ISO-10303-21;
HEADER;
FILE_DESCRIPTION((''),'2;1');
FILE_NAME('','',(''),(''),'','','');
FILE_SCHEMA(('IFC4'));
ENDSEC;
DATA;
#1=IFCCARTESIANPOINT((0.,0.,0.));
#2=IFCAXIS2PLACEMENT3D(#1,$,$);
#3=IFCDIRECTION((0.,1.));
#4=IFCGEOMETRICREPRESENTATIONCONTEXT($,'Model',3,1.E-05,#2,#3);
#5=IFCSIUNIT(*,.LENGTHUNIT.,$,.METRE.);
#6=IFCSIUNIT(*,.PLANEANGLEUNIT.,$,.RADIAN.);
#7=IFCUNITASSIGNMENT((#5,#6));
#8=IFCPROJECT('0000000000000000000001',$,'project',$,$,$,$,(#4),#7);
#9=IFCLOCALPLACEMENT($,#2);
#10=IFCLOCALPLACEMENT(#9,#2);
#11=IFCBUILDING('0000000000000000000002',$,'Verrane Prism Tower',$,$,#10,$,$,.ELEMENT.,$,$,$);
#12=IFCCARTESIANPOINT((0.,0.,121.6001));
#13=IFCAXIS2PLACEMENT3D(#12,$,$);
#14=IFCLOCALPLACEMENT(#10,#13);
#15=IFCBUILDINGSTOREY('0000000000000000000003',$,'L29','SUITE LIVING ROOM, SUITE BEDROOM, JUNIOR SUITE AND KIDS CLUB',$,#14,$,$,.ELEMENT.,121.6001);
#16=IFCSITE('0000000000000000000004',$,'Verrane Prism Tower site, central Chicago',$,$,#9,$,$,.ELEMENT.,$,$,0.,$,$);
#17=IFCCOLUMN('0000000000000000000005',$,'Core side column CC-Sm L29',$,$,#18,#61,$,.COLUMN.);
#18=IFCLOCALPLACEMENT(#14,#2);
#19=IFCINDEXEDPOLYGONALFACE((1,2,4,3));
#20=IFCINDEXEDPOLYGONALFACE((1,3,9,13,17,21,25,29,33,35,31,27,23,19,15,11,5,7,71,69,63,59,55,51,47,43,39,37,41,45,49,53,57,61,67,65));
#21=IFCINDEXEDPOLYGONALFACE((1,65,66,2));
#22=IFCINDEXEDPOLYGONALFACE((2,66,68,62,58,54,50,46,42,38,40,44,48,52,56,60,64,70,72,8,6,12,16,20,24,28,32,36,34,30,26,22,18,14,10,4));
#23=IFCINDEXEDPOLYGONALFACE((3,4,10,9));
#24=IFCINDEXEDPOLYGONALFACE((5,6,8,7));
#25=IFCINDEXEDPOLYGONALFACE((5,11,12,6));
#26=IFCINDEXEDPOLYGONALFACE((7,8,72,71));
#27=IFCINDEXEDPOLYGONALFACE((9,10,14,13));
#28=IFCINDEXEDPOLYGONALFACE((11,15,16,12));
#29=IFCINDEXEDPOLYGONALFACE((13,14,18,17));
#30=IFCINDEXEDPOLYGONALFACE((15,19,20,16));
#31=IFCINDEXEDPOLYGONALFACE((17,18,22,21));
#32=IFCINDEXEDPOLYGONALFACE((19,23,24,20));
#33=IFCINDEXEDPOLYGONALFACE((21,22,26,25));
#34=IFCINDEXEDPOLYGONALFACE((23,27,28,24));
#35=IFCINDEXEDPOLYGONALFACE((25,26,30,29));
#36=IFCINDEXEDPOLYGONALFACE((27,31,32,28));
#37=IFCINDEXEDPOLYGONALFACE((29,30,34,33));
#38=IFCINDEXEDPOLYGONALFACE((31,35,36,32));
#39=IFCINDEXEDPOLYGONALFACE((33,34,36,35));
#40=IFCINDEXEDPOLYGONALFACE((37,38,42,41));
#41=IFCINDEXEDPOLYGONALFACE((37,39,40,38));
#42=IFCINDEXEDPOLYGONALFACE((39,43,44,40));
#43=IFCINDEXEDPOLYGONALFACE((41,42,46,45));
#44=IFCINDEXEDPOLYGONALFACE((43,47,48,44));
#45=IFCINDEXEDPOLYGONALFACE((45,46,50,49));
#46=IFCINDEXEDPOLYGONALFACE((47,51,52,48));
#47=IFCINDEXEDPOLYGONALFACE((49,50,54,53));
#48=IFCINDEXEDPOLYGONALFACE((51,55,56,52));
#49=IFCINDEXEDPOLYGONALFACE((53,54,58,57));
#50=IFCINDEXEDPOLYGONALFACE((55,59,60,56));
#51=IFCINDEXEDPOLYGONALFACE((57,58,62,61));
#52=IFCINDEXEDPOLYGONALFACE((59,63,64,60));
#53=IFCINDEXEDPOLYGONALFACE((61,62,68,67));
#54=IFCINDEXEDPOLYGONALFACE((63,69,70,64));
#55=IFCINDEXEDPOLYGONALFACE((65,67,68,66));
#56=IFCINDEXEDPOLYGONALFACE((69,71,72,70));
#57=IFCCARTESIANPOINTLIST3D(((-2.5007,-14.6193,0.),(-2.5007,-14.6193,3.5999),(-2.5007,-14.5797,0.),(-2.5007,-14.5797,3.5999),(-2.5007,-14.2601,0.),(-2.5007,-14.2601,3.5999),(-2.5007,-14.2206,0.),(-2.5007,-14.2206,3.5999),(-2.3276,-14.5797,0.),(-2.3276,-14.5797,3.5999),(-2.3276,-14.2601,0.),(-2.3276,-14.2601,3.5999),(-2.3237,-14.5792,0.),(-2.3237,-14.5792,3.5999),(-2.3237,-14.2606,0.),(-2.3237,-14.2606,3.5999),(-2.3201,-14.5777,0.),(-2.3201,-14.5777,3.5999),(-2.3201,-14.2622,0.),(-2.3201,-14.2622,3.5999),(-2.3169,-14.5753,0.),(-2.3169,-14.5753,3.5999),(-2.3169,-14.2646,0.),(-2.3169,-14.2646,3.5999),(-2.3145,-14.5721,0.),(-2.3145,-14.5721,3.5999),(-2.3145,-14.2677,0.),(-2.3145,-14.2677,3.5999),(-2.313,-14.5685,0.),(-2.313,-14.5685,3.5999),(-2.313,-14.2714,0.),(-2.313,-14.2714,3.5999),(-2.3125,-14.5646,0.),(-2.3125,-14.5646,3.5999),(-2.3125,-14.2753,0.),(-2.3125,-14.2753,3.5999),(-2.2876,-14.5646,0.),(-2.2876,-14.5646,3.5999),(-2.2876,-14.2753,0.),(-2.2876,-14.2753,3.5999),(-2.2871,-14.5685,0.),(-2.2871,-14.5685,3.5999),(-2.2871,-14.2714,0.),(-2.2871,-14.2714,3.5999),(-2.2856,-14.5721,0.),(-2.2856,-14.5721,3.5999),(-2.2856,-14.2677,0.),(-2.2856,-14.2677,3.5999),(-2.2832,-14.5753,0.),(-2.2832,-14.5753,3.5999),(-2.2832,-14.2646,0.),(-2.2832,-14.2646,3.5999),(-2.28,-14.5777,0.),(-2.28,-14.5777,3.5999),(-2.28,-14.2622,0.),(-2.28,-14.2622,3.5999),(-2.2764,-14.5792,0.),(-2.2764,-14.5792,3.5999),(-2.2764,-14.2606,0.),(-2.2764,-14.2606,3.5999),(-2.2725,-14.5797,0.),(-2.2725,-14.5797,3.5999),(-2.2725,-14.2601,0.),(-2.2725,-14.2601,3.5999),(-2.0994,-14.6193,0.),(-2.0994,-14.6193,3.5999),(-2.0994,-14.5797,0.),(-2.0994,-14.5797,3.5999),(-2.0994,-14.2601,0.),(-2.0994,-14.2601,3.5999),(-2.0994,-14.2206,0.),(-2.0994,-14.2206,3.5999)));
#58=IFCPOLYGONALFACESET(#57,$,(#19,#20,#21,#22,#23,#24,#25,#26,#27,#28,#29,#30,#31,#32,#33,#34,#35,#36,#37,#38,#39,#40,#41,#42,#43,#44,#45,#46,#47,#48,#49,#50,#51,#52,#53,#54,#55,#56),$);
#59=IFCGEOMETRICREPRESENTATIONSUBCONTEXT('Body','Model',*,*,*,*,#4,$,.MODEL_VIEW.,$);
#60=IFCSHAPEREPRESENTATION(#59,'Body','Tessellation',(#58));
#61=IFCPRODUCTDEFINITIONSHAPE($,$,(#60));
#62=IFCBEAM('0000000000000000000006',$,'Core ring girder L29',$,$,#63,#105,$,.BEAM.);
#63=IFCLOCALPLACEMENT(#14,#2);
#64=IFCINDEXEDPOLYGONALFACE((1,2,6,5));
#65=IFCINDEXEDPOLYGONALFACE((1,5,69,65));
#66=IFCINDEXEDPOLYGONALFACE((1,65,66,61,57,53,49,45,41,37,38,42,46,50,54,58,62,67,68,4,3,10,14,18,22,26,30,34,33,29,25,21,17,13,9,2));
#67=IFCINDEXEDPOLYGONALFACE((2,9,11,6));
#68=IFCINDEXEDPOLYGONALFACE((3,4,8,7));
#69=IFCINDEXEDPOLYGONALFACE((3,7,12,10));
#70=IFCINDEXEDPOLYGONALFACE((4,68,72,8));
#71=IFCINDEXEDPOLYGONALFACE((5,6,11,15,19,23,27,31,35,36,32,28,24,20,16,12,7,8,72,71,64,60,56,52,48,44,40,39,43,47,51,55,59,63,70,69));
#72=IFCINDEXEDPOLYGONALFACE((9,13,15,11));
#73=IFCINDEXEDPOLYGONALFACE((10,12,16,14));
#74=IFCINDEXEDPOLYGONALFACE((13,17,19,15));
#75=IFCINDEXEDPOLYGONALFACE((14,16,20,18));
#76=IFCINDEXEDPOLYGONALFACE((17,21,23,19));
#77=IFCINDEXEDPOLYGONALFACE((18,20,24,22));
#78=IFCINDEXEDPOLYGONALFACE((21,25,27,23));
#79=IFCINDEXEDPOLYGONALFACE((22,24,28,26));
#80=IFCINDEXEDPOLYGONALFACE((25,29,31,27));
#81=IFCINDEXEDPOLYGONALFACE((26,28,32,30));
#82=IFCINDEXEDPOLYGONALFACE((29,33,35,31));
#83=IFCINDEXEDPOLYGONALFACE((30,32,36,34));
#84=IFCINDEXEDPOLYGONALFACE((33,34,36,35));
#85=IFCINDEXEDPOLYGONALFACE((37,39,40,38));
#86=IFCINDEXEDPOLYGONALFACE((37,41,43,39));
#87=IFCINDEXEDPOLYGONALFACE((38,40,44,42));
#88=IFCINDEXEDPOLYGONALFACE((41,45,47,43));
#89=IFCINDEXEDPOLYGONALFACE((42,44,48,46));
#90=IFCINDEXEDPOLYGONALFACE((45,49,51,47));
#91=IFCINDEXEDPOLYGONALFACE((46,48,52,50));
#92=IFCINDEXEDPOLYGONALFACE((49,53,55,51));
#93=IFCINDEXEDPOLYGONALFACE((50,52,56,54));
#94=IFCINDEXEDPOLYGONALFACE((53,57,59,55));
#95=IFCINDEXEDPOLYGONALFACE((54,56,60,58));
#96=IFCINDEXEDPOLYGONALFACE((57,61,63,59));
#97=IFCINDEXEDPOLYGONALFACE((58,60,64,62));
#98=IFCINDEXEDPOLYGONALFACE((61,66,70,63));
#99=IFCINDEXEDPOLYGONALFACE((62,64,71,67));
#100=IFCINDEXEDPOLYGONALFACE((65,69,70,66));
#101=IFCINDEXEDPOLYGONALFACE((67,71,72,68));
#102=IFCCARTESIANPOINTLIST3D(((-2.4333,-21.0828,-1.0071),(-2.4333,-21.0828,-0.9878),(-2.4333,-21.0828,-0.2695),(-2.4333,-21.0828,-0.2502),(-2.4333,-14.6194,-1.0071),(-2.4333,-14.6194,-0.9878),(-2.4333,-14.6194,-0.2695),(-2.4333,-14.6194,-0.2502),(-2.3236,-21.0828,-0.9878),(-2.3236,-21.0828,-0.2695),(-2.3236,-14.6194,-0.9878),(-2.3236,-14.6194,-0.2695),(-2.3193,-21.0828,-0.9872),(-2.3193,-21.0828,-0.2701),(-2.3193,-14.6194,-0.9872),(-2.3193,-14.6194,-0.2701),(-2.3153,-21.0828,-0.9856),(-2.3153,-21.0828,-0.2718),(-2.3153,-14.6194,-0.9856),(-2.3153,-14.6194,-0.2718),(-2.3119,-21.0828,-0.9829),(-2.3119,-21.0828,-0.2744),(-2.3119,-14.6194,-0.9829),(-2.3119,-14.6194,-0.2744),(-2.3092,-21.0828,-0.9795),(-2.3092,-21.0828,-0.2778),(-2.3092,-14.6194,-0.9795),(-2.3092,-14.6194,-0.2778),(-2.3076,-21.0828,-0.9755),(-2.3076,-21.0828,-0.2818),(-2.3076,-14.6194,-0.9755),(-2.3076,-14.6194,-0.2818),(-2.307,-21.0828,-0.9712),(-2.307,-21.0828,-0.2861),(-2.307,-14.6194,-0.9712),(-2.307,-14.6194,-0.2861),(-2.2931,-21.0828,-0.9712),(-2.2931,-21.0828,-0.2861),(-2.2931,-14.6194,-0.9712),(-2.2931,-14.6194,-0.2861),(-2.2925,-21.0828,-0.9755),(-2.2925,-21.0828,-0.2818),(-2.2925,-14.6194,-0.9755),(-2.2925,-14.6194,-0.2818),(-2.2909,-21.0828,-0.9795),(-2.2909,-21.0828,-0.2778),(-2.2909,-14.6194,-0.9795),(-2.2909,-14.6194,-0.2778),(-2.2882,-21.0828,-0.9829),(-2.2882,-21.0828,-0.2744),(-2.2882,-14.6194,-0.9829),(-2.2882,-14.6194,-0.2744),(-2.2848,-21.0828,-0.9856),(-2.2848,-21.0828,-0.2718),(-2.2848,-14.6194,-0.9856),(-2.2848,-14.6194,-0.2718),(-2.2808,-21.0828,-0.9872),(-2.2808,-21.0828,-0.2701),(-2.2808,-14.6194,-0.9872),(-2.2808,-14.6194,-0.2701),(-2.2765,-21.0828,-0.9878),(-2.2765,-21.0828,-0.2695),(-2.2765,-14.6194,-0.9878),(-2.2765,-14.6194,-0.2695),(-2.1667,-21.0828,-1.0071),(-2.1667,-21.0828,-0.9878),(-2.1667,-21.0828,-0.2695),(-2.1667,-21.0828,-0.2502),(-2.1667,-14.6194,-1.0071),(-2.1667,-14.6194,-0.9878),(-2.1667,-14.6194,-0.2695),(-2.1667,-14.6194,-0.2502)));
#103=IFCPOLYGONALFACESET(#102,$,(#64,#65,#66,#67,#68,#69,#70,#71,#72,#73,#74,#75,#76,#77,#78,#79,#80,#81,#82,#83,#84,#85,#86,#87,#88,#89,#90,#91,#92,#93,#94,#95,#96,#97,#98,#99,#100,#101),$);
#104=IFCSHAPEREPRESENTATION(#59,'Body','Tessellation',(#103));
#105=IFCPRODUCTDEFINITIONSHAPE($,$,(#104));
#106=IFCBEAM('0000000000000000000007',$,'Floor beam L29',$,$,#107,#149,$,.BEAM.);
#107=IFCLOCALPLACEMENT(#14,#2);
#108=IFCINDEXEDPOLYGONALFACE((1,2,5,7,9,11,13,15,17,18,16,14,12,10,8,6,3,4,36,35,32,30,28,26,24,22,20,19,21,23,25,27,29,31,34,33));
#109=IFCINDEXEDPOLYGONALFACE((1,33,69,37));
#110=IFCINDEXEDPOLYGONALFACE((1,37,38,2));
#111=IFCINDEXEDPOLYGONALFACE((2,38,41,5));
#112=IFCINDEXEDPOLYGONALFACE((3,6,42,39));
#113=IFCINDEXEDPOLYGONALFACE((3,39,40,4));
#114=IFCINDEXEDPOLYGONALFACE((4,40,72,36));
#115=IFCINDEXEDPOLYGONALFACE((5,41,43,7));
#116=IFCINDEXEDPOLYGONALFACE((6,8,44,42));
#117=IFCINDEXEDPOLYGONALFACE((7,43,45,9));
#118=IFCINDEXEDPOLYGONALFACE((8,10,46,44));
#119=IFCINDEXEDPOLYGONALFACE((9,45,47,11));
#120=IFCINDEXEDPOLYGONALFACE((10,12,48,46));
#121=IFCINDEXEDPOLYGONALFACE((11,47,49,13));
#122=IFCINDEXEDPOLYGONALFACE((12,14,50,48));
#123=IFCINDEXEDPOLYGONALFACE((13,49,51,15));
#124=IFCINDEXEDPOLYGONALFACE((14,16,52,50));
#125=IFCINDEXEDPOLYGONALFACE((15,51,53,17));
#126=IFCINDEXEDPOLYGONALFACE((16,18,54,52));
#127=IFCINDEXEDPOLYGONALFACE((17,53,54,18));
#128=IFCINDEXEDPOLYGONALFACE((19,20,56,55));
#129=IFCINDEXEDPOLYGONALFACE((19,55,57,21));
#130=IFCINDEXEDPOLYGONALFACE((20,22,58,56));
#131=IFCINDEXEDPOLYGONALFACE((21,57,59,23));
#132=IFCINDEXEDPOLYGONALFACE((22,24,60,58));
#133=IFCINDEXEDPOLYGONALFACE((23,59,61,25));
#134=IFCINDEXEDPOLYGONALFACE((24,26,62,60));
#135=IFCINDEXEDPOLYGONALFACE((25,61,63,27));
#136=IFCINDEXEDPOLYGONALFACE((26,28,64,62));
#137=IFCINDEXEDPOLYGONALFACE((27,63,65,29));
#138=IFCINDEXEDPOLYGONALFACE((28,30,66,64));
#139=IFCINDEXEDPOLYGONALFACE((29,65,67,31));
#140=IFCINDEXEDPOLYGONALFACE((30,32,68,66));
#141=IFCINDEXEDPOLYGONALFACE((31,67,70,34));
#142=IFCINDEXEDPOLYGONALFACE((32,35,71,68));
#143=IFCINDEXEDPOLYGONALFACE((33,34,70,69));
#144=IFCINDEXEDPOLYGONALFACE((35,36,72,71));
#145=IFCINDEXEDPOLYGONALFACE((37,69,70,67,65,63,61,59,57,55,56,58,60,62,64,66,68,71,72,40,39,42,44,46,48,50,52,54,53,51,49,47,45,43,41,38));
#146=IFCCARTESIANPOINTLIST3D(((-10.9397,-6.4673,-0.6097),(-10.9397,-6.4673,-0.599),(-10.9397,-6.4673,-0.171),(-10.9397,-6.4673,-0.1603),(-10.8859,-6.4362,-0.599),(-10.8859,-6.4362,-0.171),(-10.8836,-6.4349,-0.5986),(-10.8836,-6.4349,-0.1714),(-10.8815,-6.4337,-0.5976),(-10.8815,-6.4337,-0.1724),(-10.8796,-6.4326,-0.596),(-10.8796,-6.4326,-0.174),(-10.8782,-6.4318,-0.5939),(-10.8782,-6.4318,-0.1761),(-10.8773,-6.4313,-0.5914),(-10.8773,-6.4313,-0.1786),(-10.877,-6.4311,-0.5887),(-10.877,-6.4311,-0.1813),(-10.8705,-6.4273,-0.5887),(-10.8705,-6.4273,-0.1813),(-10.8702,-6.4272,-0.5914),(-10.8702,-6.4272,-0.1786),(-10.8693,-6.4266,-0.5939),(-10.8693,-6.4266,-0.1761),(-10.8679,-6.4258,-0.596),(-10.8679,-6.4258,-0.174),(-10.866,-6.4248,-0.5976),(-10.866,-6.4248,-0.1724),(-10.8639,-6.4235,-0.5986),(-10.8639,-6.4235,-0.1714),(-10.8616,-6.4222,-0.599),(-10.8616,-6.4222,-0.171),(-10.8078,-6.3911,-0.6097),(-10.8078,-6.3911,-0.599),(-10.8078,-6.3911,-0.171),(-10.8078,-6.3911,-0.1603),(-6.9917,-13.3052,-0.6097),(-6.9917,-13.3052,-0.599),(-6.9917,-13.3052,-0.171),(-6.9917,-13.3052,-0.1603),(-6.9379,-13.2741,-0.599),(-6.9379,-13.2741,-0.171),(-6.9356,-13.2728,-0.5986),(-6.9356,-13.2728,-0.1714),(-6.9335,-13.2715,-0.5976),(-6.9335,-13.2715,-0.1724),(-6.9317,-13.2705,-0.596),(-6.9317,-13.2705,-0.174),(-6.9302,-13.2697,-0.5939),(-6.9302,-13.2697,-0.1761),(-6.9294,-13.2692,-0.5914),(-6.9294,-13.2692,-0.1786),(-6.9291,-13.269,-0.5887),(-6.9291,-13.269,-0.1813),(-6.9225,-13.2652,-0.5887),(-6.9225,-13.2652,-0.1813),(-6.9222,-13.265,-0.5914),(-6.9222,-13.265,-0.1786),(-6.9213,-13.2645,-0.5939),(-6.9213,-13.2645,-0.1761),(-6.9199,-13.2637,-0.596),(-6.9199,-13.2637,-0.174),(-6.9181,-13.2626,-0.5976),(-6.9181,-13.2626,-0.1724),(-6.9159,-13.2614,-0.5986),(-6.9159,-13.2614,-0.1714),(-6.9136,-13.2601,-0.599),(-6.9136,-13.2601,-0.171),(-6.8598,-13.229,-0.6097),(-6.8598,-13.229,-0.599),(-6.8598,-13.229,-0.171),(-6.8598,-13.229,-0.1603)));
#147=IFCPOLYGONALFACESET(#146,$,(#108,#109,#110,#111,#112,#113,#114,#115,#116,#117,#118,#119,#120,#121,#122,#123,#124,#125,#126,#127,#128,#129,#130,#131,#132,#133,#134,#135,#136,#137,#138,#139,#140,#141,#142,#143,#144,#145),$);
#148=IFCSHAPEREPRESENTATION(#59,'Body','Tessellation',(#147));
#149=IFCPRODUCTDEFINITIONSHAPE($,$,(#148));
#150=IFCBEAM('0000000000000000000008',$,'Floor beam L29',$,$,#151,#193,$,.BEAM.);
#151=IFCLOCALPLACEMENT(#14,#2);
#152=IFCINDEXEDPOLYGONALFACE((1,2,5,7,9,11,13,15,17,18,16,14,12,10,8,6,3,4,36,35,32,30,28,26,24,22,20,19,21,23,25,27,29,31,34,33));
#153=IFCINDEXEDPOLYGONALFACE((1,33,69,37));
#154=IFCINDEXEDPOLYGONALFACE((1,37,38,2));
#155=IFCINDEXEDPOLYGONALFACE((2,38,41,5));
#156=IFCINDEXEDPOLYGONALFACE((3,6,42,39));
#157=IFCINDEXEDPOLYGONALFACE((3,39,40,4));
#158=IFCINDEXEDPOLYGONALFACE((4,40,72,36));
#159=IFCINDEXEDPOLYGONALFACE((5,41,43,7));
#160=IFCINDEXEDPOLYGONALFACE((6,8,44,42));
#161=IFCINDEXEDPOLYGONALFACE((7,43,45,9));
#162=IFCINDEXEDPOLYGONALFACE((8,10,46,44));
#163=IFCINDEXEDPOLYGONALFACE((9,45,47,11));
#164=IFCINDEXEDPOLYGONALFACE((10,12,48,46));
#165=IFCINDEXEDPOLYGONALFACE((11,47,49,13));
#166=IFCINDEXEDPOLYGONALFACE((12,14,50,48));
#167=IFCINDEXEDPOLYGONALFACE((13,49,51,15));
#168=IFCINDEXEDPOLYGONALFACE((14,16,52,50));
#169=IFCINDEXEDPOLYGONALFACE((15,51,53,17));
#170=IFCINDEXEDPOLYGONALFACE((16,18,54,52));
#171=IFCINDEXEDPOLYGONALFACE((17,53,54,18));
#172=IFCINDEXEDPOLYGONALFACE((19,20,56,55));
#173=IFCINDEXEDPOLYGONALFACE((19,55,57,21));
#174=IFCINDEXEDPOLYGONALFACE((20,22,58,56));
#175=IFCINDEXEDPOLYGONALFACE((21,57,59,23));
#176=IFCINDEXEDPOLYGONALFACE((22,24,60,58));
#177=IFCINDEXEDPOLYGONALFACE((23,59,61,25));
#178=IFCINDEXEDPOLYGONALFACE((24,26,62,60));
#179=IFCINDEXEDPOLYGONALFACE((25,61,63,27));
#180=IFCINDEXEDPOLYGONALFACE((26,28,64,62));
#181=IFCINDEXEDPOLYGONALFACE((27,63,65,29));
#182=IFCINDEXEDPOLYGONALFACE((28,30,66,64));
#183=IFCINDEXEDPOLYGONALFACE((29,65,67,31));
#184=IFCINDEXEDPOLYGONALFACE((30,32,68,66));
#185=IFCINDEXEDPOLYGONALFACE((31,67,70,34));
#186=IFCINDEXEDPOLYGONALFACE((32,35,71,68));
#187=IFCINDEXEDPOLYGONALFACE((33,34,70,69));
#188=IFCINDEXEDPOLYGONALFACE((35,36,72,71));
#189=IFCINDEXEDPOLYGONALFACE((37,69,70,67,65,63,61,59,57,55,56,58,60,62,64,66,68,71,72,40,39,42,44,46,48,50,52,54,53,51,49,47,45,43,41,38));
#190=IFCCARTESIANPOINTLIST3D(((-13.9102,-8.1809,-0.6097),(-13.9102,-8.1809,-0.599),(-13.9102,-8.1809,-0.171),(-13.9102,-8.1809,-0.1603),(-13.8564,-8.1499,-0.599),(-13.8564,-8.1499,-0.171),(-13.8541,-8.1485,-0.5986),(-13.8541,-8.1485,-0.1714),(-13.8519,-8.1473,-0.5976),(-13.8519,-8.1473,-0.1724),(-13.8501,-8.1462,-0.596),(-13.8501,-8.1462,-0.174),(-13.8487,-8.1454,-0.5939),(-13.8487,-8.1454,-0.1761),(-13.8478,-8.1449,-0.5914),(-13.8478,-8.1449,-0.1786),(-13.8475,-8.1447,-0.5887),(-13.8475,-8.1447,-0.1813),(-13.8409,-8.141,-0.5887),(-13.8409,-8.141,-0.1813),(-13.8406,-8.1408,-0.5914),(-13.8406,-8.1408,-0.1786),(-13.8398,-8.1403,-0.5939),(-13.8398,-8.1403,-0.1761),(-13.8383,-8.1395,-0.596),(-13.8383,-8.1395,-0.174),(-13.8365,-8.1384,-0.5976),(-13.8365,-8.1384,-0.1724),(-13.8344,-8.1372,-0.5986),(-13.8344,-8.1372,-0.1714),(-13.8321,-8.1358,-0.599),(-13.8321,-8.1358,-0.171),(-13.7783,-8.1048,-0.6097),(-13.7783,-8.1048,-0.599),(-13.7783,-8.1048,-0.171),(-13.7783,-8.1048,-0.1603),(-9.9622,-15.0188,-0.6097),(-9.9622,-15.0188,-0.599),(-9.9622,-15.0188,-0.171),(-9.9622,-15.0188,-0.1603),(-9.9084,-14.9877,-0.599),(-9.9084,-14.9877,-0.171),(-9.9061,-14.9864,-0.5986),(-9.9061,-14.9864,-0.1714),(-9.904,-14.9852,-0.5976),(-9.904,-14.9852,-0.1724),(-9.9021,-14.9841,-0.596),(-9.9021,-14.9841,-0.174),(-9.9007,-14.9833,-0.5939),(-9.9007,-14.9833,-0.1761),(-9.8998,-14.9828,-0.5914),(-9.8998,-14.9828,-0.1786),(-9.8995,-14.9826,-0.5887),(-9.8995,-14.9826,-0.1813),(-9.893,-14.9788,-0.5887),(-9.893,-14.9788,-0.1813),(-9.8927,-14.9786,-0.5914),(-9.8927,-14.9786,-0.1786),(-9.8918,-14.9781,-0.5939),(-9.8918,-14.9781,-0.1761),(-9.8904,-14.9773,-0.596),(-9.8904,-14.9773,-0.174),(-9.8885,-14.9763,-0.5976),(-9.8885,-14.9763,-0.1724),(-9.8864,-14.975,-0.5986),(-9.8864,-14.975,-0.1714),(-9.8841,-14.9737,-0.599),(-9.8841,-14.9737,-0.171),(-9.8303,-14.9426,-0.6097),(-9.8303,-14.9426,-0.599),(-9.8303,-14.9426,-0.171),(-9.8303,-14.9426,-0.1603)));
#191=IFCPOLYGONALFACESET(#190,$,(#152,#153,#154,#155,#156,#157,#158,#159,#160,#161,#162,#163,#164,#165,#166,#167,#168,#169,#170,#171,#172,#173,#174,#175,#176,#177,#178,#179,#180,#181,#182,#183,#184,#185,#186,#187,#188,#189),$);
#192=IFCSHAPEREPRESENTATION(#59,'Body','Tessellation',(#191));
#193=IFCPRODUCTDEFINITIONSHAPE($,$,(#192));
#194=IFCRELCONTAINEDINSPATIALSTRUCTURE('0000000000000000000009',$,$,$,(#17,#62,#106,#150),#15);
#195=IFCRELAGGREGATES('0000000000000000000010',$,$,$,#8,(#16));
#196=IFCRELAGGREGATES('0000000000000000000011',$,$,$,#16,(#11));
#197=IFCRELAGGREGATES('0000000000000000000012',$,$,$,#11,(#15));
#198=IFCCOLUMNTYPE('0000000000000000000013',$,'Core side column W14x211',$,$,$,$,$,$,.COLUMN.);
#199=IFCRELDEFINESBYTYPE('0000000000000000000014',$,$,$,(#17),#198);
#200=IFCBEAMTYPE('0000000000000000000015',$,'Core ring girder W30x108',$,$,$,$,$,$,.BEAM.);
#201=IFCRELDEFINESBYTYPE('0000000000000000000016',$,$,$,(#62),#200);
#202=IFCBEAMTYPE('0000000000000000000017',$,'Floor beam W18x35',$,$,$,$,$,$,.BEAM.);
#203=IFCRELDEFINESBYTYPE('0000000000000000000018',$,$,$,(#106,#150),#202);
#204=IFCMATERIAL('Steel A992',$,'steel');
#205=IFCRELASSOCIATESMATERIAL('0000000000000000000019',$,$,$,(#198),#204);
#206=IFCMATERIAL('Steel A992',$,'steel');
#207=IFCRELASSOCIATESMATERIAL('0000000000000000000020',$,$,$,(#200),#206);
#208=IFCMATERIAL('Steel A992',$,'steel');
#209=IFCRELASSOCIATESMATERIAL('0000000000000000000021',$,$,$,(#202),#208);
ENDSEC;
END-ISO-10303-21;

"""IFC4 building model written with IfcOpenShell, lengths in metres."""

from ifc_helpers import new_model, si_unit, direction, frame, origin, origin_2d, place, context, subcontext, project, spatial, i_section, extrude, material, material_profile, profile_set, type_object, element, save


model = new_model("IFC4")

# Units and contexts
model_context = context("Model", 3, precision=1e-05, world=origin(), true_north=direction((0.0, 1.0)))
body_context = subcontext(model_context, "Body", "Model", "MODEL_VIEW")
ifc_project = project(units=[si_unit("LENGTHUNIT", "METRE"), si_unit("PLANEANGLEUNIT", "RADIAN")], contexts=[model_context])

# Site, building, storey
site_placement = place(None, origin())
site = spatial("IfcSite", under=ifc_project, at=site_placement, Name="Verrane Prism Tower site, central Chicago", CompositionType="ELEMENT", RefElevation=0.0)
building_placement = place(site_placement, origin())
building = spatial("IfcBuilding", under=site, at=building_placement, Name="Verrane Prism Tower", CompositionType="ELEMENT")
storey_placement = place(building_placement, frame((0.0, 0.0, 121.6001)))
storey = spatial("IfcBuildingStorey", under=building, at=storey_placement, Name="L29", Description="SUITE LIVING ROOM, SUITE BEDROOM, JUNIOR SUITE AND KIDS CLUB", CompositionType="ELEMENT", Elevation=121.6001)

# Column
ifc_material_1 = material(Name="Steel A992", Category="steel")
ifc_material_profile_1 = material_profile(ifc_material_1, i_section(OverallWidth=0.4014, OverallDepth=0.3987, WebThickness=0.0249, FlangeThickness=0.0396, FilletRadius=0.0151, at=origin_2d()), Name="W14x211")
ifc_profile_set_1 = profile_set([ifc_material_profile_1], Name="Steel A992")
column_type = type_object("IfcColumnType", Name="Core side column W14x211", PredefinedType="COLUMN", material=ifc_profile_set_1)
column_placement = place(storey_placement, frame((-2.3, -14.4199, 0.0), z_axis=(0.0, 0.0, 1.0), x_axis=(1.0, 0.0, 0.0)))
element("IfcColumn", 1, at=column_placement, inside=storey, type_object=column_type, Name="Core side column CC-Sm L29", PredefinedType="COLUMN", context=body_context, shape_type="SweptSolid", body=[
    extrude(i_section(OverallWidth=0.4014, OverallDepth=0.3987, WebThickness=0.0249, FlangeThickness=0.0396, FilletRadius=0.0151, at=origin_2d()), origin(), (0.0, 0.0, 1.0), 3.5999),
])

# Beams
ifc_material_2 = material(Name="Steel A992", Category="steel")
ifc_material_profile_2 = material_profile(ifc_material_2, i_section(OverallWidth=0.2666, OverallDepth=0.7568, WebThickness=0.0139, FlangeThickness=0.0193, FilletRadius=0.0166, at=origin_2d()), Name="W30x108")
ifc_profile_set_2 = profile_set([ifc_material_profile_2], Name="Steel A992")
beam_type_1 = type_object("IfcBeamType", Name="Core ring girder W30x108", PredefinedType="BEAM", material=ifc_profile_set_2)
beam_1_placement = place(storey_placement, frame((-2.3, -14.6194, -0.6287), z_axis=(0.0, -1.0, 0.0), x_axis=(1.0, 0.0, 0.0)))
element("IfcBeam", 2, at=beam_1_placement, inside=storey, type_object=beam_type_1, Name="Core ring girder L29", PredefinedType="BEAM", context=body_context, shape_type="SweptSolid", body=[
    extrude(i_section(OverallWidth=0.2666, OverallDepth=0.7568, WebThickness=0.0139, FlangeThickness=0.0193, FilletRadius=0.0166, at=origin_2d()), origin(), (0.0, 0.0, 1.0), 6.4634),
])
ifc_material_3 = material(Name="Steel A992", Category="steel")
ifc_material_profile_3 = material_profile(ifc_material_3, i_section(OverallWidth=0.1523, OverallDepth=0.4495, WebThickness=0.0076, FlangeThickness=0.0107, FilletRadius=0.0103, at=origin_2d()), Name="W18x35")
ifc_profile_set_3 = profile_set([ifc_material_profile_3], Name="Steel A992")
beam_type_2 = type_object("IfcBeamType", Name="Floor beam W18x35", PredefinedType="BEAM", material=ifc_profile_set_3)
for number, where, z_axis, x_axis, name in (
    (3, (-6.9258, -13.2671, -0.385), (-0.500013, 0.866018, 0.0), (-0.866018, -0.500013, 0.0), "Floor beam L29"),
    (4, (-9.8962, -14.9807, -0.385), (-0.500013, 0.866018, 0.0), (-0.866018, -0.500013, 0.0), "Floor beam L29"),
):
    element("IfcBeam", number, at=place(storey_placement, frame(where, z_axis=z_axis, x_axis=x_axis)), inside=storey, type_object=beam_type_2, Name=name, PredefinedType="BEAM", context=body_context, shape_type="SweptSolid", body=[
        extrude(i_section(OverallWidth=0.1523, OverallDepth=0.4495, WebThickness=0.0076, FlangeThickness=0.0107, FilletRadius=0.0103, at=origin_2d()), origin(), (0.0, 0.0, 1.0), 7.8958),
    ])

save(model, "model.ifc")
